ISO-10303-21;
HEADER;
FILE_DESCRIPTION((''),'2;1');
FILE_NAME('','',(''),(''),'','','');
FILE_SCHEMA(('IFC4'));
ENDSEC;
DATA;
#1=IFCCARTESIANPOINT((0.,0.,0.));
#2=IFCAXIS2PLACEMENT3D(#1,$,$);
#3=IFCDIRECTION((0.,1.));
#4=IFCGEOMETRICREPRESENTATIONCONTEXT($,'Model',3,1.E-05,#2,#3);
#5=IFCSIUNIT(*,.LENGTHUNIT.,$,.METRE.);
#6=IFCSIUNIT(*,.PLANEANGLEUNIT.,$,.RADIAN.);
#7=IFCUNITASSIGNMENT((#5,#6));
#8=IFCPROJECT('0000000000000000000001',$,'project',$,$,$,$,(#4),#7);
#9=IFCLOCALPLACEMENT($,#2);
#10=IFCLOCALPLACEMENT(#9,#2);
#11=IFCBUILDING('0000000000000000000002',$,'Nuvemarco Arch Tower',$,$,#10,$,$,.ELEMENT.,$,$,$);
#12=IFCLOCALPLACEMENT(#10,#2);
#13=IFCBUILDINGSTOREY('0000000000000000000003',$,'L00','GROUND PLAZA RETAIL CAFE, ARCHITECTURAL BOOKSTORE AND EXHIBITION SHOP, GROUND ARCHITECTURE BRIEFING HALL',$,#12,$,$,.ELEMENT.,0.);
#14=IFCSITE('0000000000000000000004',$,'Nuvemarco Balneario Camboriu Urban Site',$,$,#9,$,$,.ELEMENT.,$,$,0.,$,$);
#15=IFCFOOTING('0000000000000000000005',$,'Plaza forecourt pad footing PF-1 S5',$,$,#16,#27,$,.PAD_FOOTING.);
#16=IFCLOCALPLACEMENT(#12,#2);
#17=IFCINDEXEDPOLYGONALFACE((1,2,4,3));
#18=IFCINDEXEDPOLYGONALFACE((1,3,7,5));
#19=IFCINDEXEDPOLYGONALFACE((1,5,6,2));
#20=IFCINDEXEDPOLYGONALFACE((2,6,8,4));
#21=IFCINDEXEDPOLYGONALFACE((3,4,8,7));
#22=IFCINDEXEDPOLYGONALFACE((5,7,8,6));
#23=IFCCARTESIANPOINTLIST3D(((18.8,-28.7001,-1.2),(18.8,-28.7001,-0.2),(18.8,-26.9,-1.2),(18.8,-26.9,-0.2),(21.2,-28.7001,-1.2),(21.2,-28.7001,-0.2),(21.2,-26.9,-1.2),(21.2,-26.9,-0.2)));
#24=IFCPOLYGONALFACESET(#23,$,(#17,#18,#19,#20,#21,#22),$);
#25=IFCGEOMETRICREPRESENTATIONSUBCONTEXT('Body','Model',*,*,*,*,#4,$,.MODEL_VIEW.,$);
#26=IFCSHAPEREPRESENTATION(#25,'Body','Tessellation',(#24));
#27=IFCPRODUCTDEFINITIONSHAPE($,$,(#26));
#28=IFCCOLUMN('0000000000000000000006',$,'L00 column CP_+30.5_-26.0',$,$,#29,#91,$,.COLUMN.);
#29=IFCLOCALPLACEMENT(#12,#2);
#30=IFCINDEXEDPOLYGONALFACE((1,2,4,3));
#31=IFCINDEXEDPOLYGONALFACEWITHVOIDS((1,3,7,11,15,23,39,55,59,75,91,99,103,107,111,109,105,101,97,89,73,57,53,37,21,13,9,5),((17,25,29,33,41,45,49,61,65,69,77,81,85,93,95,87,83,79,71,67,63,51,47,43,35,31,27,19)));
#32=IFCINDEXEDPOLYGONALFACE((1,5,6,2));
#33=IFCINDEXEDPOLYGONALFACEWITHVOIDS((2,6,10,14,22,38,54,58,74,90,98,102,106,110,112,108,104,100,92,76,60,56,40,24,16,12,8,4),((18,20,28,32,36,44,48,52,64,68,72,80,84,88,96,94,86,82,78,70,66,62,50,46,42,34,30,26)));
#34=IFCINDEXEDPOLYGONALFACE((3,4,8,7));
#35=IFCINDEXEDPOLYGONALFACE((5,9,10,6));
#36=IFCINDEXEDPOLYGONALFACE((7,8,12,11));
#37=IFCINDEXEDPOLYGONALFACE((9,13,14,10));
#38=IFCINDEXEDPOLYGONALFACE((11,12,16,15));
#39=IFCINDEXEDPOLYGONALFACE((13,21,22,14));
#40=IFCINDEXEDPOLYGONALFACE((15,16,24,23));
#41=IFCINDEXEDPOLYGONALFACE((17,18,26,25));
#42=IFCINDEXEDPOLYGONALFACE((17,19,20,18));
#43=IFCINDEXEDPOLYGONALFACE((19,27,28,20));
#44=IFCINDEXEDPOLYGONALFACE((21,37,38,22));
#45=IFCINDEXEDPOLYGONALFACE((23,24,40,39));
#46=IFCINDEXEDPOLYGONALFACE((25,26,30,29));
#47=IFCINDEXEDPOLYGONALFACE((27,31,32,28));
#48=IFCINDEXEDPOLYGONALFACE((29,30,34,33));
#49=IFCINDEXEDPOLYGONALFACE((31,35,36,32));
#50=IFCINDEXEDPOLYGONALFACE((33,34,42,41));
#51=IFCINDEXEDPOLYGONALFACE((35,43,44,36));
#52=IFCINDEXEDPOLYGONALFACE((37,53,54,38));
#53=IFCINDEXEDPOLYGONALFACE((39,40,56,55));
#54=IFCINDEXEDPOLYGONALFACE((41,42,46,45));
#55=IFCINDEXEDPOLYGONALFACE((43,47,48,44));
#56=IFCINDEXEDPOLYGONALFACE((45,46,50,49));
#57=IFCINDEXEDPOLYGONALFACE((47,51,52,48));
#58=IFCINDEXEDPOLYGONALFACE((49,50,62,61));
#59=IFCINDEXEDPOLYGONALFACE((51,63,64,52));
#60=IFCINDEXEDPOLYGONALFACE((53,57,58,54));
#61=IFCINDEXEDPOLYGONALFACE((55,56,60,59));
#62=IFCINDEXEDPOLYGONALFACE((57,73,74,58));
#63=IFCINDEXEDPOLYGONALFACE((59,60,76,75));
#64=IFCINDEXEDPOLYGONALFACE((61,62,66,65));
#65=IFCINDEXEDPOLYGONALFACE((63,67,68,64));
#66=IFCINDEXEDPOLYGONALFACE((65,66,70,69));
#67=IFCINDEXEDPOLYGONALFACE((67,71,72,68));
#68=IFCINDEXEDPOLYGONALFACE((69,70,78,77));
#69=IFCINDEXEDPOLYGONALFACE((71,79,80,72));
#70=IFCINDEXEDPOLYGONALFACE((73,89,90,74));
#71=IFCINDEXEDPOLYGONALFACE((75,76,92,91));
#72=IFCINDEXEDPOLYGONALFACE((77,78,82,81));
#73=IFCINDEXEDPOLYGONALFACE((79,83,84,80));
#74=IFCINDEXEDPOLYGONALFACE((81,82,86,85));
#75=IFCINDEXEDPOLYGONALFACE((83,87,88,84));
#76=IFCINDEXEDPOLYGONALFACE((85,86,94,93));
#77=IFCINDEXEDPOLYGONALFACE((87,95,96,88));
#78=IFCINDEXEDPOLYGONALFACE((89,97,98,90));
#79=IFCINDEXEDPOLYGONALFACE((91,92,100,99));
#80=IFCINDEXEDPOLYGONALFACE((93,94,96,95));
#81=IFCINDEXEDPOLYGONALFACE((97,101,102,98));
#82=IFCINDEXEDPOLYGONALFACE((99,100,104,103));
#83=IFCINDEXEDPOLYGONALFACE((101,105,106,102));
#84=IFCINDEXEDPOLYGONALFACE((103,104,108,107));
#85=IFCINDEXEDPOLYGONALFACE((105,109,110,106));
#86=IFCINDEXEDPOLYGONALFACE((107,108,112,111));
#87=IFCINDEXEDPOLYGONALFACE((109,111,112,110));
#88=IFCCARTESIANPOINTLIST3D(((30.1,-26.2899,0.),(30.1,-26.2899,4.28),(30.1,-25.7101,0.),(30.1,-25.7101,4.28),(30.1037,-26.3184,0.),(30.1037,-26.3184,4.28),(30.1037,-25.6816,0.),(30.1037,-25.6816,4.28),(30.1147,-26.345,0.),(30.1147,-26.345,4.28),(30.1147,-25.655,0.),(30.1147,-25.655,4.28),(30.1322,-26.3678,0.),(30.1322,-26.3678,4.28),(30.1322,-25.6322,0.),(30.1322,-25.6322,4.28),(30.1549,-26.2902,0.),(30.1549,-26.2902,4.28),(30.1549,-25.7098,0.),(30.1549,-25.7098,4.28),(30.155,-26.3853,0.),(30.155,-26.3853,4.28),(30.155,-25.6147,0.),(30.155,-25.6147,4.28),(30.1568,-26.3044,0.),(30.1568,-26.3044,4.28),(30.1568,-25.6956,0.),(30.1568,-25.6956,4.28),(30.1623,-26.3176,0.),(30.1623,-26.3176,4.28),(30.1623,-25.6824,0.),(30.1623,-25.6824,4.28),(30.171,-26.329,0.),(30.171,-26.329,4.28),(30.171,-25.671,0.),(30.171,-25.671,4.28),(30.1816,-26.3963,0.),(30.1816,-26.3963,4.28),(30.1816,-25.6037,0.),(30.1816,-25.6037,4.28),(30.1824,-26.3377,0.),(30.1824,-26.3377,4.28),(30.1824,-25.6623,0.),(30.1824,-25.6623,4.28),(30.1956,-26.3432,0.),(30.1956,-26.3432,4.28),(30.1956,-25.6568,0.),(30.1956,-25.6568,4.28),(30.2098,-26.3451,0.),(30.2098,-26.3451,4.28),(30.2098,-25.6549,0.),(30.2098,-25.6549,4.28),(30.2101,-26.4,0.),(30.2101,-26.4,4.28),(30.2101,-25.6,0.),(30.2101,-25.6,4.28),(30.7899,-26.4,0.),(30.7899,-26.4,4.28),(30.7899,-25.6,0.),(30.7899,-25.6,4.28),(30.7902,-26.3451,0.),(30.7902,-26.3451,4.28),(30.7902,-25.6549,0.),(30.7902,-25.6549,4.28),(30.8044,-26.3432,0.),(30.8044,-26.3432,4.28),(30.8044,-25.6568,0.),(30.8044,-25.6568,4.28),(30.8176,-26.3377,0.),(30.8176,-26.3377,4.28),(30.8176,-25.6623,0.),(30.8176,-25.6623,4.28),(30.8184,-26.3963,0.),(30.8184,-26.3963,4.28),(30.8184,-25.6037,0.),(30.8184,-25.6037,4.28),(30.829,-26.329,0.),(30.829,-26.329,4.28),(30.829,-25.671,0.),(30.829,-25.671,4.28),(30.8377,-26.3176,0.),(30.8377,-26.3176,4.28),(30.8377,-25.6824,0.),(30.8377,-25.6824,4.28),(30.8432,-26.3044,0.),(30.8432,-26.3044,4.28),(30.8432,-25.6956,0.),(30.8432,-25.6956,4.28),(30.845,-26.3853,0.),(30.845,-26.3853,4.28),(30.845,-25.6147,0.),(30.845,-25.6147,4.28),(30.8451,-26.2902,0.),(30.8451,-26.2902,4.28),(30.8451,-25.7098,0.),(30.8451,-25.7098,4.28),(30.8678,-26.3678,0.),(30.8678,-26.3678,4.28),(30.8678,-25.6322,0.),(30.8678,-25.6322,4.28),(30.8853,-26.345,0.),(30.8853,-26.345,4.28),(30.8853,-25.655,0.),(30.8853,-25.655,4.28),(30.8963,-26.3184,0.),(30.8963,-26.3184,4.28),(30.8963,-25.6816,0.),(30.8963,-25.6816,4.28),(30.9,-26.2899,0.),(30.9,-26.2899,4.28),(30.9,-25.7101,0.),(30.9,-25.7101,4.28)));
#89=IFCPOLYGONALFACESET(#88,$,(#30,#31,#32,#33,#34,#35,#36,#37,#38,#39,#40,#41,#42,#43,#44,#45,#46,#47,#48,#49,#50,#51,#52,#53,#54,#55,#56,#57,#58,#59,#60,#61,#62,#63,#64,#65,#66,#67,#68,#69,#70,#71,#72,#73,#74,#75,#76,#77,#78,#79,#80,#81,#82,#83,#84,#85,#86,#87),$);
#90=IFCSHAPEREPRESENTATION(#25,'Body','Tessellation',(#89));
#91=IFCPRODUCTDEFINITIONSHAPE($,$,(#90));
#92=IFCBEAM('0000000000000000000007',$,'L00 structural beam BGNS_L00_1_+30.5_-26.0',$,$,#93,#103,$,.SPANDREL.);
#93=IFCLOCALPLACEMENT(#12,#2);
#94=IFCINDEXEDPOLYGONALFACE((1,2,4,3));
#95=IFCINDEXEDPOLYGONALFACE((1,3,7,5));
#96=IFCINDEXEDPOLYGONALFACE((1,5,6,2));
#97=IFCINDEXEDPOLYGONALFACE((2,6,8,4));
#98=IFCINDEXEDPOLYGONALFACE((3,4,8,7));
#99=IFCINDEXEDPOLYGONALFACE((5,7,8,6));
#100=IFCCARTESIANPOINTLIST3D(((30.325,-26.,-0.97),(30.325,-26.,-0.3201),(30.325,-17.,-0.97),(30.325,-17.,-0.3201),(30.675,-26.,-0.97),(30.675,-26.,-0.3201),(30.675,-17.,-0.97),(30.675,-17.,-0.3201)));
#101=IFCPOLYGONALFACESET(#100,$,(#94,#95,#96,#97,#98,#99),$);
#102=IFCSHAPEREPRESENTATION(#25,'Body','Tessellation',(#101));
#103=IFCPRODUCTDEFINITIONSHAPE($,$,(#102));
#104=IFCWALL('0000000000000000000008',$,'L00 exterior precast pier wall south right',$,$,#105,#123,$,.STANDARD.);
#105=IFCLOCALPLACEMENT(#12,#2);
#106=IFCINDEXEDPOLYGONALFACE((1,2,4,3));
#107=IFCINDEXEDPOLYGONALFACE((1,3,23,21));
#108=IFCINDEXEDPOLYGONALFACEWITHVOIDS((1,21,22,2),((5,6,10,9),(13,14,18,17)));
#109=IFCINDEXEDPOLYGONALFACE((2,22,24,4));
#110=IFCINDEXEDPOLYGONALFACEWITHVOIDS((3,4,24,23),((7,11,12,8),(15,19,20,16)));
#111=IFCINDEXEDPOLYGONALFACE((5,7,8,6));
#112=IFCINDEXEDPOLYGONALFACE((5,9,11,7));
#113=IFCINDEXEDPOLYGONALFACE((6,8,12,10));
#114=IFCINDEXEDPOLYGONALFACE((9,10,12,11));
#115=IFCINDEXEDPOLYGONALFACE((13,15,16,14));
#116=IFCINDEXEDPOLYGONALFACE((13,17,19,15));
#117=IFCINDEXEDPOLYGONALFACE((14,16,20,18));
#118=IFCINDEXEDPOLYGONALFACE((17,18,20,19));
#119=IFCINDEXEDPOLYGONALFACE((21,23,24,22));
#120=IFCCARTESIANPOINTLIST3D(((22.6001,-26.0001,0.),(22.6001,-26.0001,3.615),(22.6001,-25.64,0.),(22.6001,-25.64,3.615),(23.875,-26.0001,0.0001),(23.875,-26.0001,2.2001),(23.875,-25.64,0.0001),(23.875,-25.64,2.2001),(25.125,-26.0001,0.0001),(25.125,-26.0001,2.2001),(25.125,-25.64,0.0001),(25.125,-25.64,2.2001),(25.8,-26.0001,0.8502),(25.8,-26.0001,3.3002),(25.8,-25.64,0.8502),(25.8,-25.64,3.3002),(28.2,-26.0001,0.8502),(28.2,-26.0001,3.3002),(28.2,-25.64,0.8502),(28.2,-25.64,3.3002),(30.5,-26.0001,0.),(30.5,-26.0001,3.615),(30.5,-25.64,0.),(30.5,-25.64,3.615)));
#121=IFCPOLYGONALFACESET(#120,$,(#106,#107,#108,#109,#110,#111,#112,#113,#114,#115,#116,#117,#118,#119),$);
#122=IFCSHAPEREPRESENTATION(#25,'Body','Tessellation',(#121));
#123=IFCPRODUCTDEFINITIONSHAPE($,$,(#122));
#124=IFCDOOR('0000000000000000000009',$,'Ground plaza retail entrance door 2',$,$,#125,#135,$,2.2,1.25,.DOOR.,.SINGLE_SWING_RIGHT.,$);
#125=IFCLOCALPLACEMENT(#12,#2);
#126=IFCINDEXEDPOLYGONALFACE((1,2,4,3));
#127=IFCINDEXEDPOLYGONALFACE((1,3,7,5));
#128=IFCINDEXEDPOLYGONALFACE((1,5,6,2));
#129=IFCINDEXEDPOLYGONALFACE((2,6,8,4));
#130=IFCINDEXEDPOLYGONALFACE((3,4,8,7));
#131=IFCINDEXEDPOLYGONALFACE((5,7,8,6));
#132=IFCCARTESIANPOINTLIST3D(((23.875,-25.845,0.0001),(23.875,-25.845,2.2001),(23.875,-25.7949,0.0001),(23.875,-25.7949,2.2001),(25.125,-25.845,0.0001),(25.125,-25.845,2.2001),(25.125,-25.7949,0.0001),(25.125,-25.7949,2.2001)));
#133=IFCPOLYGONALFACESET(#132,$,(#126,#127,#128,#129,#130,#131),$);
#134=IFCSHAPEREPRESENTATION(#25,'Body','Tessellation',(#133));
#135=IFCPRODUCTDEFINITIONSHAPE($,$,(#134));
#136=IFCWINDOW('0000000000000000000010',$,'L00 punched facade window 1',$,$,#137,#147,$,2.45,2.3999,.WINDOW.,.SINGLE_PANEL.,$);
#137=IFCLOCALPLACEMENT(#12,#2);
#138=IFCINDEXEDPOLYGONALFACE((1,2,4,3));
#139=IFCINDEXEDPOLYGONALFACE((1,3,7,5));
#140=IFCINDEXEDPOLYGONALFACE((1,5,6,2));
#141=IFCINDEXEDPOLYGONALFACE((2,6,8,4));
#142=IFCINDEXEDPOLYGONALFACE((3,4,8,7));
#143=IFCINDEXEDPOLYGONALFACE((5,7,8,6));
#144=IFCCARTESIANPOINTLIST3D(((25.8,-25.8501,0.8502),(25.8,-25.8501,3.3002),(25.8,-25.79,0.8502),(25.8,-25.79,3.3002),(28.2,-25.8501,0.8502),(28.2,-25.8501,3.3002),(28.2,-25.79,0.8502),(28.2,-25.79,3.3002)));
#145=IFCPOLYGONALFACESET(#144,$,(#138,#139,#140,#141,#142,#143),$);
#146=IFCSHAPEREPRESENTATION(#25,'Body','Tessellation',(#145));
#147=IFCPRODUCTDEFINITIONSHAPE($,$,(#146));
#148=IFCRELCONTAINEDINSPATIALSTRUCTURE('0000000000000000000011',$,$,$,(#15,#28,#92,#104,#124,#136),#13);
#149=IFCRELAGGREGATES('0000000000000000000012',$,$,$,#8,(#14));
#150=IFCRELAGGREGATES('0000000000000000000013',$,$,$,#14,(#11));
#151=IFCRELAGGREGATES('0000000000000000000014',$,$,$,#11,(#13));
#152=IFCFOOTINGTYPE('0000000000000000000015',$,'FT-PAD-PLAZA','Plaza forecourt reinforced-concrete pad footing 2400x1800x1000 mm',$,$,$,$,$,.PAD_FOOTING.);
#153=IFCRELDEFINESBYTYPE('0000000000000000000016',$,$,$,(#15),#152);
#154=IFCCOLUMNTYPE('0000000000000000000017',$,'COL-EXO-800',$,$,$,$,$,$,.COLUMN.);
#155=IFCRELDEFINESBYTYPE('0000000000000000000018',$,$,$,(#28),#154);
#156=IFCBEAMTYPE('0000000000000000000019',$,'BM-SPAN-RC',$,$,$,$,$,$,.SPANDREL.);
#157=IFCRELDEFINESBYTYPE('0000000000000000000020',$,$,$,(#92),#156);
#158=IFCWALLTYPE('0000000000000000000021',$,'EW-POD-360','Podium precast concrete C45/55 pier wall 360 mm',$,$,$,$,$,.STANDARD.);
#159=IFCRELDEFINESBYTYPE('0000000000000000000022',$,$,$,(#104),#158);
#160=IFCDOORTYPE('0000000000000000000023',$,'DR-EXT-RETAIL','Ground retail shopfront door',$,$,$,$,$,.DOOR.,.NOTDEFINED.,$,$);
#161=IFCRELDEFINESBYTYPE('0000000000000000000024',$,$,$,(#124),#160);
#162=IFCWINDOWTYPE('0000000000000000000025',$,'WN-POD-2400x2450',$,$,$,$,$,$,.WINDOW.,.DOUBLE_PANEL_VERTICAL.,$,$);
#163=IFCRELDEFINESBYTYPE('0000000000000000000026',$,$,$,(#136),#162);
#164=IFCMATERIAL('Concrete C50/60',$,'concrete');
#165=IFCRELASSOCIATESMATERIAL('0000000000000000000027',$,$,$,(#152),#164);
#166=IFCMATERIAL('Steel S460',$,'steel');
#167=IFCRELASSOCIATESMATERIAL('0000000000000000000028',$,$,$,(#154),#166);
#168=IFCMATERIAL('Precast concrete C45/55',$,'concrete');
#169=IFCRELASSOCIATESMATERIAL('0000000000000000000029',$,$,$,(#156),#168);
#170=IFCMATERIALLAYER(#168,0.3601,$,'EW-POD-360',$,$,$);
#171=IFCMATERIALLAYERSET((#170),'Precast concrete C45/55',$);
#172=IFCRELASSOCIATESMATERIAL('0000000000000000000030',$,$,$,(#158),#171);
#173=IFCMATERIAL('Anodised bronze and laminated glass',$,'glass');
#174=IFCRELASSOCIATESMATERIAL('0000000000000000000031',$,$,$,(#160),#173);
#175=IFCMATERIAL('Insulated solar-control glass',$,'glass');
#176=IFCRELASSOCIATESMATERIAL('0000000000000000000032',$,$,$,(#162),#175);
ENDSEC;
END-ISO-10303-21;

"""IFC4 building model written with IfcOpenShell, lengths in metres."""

from ifc_helpers import new_model, si_unit, direction, frame, frame_2d, origin, origin_2d, place, context, subcontext, project, spatial, rectangle, hollow_rectangle, extrude, source, transform, mapped, material, layer, layer_set, material_profile, profile_set, type_object, type_shapes, element, fill, save


model = new_model("IFC4")

# Units and contexts
model_context = context("Model", 3, precision=1e-05, world=origin(), true_north=direction((0.0, 1.0)))
body_context = subcontext(model_context, "Body", "Model", "MODEL_VIEW")
ifc_project = project(units=[si_unit("LENGTHUNIT", "METRE"), si_unit("PLANEANGLEUNIT", "RADIAN")], contexts=[model_context])

# Site, building, storey
site_placement = place(None, origin())
site = spatial("IfcSite", under=ifc_project, at=site_placement, Name="Nuvemarco Balneario Camboriu Urban Site", CompositionType="ELEMENT", RefElevation=0.0)
building_placement = place(site_placement, origin())
building = spatial("IfcBuilding", under=site, at=building_placement, Name="Nuvemarco Arch Tower", CompositionType="ELEMENT")
storey_placement = place(building_placement, origin())
storey = spatial("IfcBuildingStorey", under=building, at=storey_placement, Name="L00", Description="GROUND PLAZA RETAIL CAFE, ARCHITECTURAL BOOKSTORE AND EXHIBITION SHOP, GROUND ARCHITECTURE BRIEFING HALL", CompositionType="ELEMENT", Elevation=0.0)

# Footing
ifc_material_1 = material(Name="Concrete C50/60", Category="concrete")
footing_type = type_object("IfcFootingType", Name="FT-PAD-PLAZA", Description="Plaza forecourt reinforced-concrete pad footing 2400x1800x1000 mm", PredefinedType="PAD_FOOTING", material=ifc_material_1)
shared_shape_1 = source(origin(), body_context, "Body", "SweptSolid", [
    extrude(rectangle(XDim=2.3999, YDim=1.8, at=origin_2d()), origin(), (0.0, 0.0, 1.0), 1.0),
])
type_shapes(footing_type, [shared_shape_1])
footing_placement = place(storey_placement, frame((20.0, -27.8, -1.2), z_axis=(0.0, 0.0, 1.0), x_axis=(1.0, 0.0, 0.0)))
element("IfcFooting", 1, at=footing_placement, inside=storey, type_object=footing_type, Name="Plaza forecourt pad footing PF-1 S5", PredefinedType="PAD_FOOTING", context=body_context, shape_type="MappedRepresentation", body=[
    mapped(shared_shape_1, transform((0.0, 0.0, 0.0), scale=1.0)),
])

# Column
ifc_material_2 = material(Name="Steel S460", Category="steel")
ifc_material_profile_1 = material_profile(ifc_material_2, hollow_rectangle(XDim=0.8, YDim=0.8, WallThickness=0.0549, InnerFilletRadius=0.0549, OuterFilletRadius=0.1101, at=origin_2d()), Name="SHS800x800x55")
ifc_profile_set_1 = profile_set([ifc_material_profile_1], Name="Steel S460")
column_type = type_object("IfcColumnType", Name="COL-EXO-800", PredefinedType="COLUMN", material=ifc_profile_set_1)
column_placement = place(storey_placement, frame((30.5, -26.0, 0.0), z_axis=(0.0, 0.0, 1.0), x_axis=(1.0, 0.0, 0.0)))
element("IfcColumn", 2, at=column_placement, inside=storey, type_object=column_type, Name="L00 column CP_+30.5_-26.0", PredefinedType="COLUMN", context=body_context, shape_type="SweptSolid", body=[
    extrude(hollow_rectangle(XDim=0.8, YDim=0.8, WallThickness=0.0549, InnerFilletRadius=0.0549, OuterFilletRadius=0.1101, at=origin_2d()), origin(), (0.0, 0.0, 1.0), 4.28),
])

# Beam
ifc_material_3 = material(Name="Precast concrete C45/55", Category="concrete")
ifc_material_profile_2 = material_profile(ifc_material_3, rectangle(XDim=0.3501, YDim=0.6499, at=origin_2d()), Name="PC-SP-350x650")
ifc_profile_set_2 = profile_set([ifc_material_profile_2], Name="Precast concrete C45/55")
beam_type = type_object("IfcBeamType", Name="BM-SPAN-RC", PredefinedType="SPANDREL", material=ifc_profile_set_2)
beam_placement = place(storey_placement, frame((30.5, -26.0, -0.645), z_axis=(0.0, 1.0, 0.0), x_axis=(-1.0, 0.0, 0.0)))
element("IfcBeam", 3, at=beam_placement, inside=storey, type_object=beam_type, Name="L00 structural beam BGNS_L00_1_+30.5_-26.0", PredefinedType="SPANDREL", context=body_context, shape_type="SweptSolid", body=[
    extrude(rectangle(XDim=0.3501, YDim=0.6499, at=origin_2d()), origin(), (0.0, 0.0, 1.0), 9.0),
])

# Wall, openings, door, window
ifc_layer = layer(ifc_material_3, 0.3601, Name="EW-POD-360")
ifc_layer_set = layer_set([ifc_layer], Name="Precast concrete C45/55")
wall_type = type_object("IfcWallType", Name="EW-POD-360", Description="Podium precast concrete C45/55 pier wall 360 mm", PredefinedType="STANDARD", material=ifc_layer_set)
wall_1_placement = place(storey_placement, frame((22.6001, -25.8201, 0.0), z_axis=(0.0, 0.0, 1.0), x_axis=(1.0, 0.0, 0.0)))
wall_1 = element("IfcWall", 4, at=wall_1_placement, inside=storey, type_object=wall_type, Name="L00 exterior precast pier wall south right", PredefinedType="STANDARD", context=body_context, shape_type="SweptSolid", body=[
    extrude(rectangle(XDim=7.8999, YDim=0.3601, at=frame_2d((3.95, 0.0))), origin(), (0.0, 0.0, 1.0), 3.615),
])
opening_1_placement = place(wall_1_placement, frame((2.5249, 0.0, 0.0), z_axis=(0.0, 0.0, 1.0), x_axis=(-1.0, 0.0, 0.0)))
opening_1 = element("IfcOpeningElement", 5, at=opening_1_placement, cuts=wall_1, PredefinedType="OPENING", context=body_context, shape_type="SweptSolid", body=[
    extrude(rectangle(XDim=1.25, YDim=2.2, at=frame_2d((0.625, 1.1001))), frame((0.0, 0.1899, 0.0), z_axis=(0.0, -1.0, 0.0), x_axis=(1.0, 0.0, 0.0)), (0.0, 0.0, 1.0), 0.3801),
])
opening_2_placement = place(wall_1_placement, frame((3.2, 0.0, 0.8501)))
opening_2 = element("IfcOpeningElement", 6, at=opening_2_placement, cuts=wall_1, PredefinedType="OPENING", context=body_context, shape_type="SweptSolid", body=[
    extrude(rectangle(XDim=2.3999, YDim=2.45, at=frame_2d((1.2, 1.2251))), frame((0.0, 0.1899, 0.0), z_axis=(0.0, -1.0, 0.0), x_axis=(1.0, 0.0, 0.0)), (0.0, 0.0, 1.0), 0.3801),
])
ifc_material_4 = material(Name="Anodised bronze and laminated glass", Category="glass")
door_type = type_object("IfcDoorType", Name="DR-EXT-RETAIL", Description="Ground retail shopfront door", OperationType="NOTDEFINED", PredefinedType="DOOR", material=ifc_material_4)
shared_shape_2 = source(origin(), body_context, "Body", "SweptSolid", [
    extrude(rectangle(XDim=1.25, YDim=2.2, at=frame_2d((0.625, 1.1001))), frame((0.0, 0.0249, 0.0), z_axis=(0.0, -1.0, 0.0), x_axis=(1.0, 0.0, 0.0)), (0.0, 0.0, 1.0), 0.05),
])
type_shapes(door_type, [shared_shape_2])
door_placement = place(opening_1_placement, origin())
door = element("IfcDoor", 7, at=door_placement, inside=storey, type_object=door_type, Name="Ground plaza retail entrance door 2", OperationType="SINGLE_SWING_RIGHT", OverallHeight=2.2, OverallWidth=1.25, PredefinedType="DOOR", context=body_context, shape_type="MappedRepresentation", body=[
    mapped(shared_shape_2, transform((0.0, 0.0, 0.0), scale=1.0)),
])
fill(opening_1, door)
ifc_material_5 = material(Name="Insulated solar-control glass", Category="glass")
window_type_1 = type_object("IfcWindowType", Name="WN-POD-2400x2450", PartitioningType="DOUBLE_PANEL_VERTICAL", PredefinedType="WINDOW", material=ifc_material_5)
shared_shape_3 = source(origin(), body_context, "Body", "SweptSolid", [
    extrude(rectangle(XDim=2.3999, YDim=2.45, at=frame_2d((1.2, 1.2251))), frame((0.0, 0.03, 0.0), z_axis=(0.0, -1.0, 0.0), x_axis=(1.0, 0.0, 0.0)), (0.0, 0.0, 1.0), 0.0601),
])
type_shapes(window_type_1, [shared_shape_3])
window_1_placement = place(opening_2_placement, origin())
window_1 = element("IfcWindow", 8, at=window_1_placement, inside=storey, type_object=window_type_1, Name="L00 punched facade window 1", OverallHeight=2.45, OverallWidth=2.3999, PartitioningType="SINGLE_PANEL", PredefinedType="WINDOW", context=body_context, shape_type="MappedRepresentation", body=[
    mapped(shared_shape_3, transform((0.0, 0.0, 0.0), scale=1.0)),
])
fill(opening_2, window_1)

save(model, "model.ifc")
